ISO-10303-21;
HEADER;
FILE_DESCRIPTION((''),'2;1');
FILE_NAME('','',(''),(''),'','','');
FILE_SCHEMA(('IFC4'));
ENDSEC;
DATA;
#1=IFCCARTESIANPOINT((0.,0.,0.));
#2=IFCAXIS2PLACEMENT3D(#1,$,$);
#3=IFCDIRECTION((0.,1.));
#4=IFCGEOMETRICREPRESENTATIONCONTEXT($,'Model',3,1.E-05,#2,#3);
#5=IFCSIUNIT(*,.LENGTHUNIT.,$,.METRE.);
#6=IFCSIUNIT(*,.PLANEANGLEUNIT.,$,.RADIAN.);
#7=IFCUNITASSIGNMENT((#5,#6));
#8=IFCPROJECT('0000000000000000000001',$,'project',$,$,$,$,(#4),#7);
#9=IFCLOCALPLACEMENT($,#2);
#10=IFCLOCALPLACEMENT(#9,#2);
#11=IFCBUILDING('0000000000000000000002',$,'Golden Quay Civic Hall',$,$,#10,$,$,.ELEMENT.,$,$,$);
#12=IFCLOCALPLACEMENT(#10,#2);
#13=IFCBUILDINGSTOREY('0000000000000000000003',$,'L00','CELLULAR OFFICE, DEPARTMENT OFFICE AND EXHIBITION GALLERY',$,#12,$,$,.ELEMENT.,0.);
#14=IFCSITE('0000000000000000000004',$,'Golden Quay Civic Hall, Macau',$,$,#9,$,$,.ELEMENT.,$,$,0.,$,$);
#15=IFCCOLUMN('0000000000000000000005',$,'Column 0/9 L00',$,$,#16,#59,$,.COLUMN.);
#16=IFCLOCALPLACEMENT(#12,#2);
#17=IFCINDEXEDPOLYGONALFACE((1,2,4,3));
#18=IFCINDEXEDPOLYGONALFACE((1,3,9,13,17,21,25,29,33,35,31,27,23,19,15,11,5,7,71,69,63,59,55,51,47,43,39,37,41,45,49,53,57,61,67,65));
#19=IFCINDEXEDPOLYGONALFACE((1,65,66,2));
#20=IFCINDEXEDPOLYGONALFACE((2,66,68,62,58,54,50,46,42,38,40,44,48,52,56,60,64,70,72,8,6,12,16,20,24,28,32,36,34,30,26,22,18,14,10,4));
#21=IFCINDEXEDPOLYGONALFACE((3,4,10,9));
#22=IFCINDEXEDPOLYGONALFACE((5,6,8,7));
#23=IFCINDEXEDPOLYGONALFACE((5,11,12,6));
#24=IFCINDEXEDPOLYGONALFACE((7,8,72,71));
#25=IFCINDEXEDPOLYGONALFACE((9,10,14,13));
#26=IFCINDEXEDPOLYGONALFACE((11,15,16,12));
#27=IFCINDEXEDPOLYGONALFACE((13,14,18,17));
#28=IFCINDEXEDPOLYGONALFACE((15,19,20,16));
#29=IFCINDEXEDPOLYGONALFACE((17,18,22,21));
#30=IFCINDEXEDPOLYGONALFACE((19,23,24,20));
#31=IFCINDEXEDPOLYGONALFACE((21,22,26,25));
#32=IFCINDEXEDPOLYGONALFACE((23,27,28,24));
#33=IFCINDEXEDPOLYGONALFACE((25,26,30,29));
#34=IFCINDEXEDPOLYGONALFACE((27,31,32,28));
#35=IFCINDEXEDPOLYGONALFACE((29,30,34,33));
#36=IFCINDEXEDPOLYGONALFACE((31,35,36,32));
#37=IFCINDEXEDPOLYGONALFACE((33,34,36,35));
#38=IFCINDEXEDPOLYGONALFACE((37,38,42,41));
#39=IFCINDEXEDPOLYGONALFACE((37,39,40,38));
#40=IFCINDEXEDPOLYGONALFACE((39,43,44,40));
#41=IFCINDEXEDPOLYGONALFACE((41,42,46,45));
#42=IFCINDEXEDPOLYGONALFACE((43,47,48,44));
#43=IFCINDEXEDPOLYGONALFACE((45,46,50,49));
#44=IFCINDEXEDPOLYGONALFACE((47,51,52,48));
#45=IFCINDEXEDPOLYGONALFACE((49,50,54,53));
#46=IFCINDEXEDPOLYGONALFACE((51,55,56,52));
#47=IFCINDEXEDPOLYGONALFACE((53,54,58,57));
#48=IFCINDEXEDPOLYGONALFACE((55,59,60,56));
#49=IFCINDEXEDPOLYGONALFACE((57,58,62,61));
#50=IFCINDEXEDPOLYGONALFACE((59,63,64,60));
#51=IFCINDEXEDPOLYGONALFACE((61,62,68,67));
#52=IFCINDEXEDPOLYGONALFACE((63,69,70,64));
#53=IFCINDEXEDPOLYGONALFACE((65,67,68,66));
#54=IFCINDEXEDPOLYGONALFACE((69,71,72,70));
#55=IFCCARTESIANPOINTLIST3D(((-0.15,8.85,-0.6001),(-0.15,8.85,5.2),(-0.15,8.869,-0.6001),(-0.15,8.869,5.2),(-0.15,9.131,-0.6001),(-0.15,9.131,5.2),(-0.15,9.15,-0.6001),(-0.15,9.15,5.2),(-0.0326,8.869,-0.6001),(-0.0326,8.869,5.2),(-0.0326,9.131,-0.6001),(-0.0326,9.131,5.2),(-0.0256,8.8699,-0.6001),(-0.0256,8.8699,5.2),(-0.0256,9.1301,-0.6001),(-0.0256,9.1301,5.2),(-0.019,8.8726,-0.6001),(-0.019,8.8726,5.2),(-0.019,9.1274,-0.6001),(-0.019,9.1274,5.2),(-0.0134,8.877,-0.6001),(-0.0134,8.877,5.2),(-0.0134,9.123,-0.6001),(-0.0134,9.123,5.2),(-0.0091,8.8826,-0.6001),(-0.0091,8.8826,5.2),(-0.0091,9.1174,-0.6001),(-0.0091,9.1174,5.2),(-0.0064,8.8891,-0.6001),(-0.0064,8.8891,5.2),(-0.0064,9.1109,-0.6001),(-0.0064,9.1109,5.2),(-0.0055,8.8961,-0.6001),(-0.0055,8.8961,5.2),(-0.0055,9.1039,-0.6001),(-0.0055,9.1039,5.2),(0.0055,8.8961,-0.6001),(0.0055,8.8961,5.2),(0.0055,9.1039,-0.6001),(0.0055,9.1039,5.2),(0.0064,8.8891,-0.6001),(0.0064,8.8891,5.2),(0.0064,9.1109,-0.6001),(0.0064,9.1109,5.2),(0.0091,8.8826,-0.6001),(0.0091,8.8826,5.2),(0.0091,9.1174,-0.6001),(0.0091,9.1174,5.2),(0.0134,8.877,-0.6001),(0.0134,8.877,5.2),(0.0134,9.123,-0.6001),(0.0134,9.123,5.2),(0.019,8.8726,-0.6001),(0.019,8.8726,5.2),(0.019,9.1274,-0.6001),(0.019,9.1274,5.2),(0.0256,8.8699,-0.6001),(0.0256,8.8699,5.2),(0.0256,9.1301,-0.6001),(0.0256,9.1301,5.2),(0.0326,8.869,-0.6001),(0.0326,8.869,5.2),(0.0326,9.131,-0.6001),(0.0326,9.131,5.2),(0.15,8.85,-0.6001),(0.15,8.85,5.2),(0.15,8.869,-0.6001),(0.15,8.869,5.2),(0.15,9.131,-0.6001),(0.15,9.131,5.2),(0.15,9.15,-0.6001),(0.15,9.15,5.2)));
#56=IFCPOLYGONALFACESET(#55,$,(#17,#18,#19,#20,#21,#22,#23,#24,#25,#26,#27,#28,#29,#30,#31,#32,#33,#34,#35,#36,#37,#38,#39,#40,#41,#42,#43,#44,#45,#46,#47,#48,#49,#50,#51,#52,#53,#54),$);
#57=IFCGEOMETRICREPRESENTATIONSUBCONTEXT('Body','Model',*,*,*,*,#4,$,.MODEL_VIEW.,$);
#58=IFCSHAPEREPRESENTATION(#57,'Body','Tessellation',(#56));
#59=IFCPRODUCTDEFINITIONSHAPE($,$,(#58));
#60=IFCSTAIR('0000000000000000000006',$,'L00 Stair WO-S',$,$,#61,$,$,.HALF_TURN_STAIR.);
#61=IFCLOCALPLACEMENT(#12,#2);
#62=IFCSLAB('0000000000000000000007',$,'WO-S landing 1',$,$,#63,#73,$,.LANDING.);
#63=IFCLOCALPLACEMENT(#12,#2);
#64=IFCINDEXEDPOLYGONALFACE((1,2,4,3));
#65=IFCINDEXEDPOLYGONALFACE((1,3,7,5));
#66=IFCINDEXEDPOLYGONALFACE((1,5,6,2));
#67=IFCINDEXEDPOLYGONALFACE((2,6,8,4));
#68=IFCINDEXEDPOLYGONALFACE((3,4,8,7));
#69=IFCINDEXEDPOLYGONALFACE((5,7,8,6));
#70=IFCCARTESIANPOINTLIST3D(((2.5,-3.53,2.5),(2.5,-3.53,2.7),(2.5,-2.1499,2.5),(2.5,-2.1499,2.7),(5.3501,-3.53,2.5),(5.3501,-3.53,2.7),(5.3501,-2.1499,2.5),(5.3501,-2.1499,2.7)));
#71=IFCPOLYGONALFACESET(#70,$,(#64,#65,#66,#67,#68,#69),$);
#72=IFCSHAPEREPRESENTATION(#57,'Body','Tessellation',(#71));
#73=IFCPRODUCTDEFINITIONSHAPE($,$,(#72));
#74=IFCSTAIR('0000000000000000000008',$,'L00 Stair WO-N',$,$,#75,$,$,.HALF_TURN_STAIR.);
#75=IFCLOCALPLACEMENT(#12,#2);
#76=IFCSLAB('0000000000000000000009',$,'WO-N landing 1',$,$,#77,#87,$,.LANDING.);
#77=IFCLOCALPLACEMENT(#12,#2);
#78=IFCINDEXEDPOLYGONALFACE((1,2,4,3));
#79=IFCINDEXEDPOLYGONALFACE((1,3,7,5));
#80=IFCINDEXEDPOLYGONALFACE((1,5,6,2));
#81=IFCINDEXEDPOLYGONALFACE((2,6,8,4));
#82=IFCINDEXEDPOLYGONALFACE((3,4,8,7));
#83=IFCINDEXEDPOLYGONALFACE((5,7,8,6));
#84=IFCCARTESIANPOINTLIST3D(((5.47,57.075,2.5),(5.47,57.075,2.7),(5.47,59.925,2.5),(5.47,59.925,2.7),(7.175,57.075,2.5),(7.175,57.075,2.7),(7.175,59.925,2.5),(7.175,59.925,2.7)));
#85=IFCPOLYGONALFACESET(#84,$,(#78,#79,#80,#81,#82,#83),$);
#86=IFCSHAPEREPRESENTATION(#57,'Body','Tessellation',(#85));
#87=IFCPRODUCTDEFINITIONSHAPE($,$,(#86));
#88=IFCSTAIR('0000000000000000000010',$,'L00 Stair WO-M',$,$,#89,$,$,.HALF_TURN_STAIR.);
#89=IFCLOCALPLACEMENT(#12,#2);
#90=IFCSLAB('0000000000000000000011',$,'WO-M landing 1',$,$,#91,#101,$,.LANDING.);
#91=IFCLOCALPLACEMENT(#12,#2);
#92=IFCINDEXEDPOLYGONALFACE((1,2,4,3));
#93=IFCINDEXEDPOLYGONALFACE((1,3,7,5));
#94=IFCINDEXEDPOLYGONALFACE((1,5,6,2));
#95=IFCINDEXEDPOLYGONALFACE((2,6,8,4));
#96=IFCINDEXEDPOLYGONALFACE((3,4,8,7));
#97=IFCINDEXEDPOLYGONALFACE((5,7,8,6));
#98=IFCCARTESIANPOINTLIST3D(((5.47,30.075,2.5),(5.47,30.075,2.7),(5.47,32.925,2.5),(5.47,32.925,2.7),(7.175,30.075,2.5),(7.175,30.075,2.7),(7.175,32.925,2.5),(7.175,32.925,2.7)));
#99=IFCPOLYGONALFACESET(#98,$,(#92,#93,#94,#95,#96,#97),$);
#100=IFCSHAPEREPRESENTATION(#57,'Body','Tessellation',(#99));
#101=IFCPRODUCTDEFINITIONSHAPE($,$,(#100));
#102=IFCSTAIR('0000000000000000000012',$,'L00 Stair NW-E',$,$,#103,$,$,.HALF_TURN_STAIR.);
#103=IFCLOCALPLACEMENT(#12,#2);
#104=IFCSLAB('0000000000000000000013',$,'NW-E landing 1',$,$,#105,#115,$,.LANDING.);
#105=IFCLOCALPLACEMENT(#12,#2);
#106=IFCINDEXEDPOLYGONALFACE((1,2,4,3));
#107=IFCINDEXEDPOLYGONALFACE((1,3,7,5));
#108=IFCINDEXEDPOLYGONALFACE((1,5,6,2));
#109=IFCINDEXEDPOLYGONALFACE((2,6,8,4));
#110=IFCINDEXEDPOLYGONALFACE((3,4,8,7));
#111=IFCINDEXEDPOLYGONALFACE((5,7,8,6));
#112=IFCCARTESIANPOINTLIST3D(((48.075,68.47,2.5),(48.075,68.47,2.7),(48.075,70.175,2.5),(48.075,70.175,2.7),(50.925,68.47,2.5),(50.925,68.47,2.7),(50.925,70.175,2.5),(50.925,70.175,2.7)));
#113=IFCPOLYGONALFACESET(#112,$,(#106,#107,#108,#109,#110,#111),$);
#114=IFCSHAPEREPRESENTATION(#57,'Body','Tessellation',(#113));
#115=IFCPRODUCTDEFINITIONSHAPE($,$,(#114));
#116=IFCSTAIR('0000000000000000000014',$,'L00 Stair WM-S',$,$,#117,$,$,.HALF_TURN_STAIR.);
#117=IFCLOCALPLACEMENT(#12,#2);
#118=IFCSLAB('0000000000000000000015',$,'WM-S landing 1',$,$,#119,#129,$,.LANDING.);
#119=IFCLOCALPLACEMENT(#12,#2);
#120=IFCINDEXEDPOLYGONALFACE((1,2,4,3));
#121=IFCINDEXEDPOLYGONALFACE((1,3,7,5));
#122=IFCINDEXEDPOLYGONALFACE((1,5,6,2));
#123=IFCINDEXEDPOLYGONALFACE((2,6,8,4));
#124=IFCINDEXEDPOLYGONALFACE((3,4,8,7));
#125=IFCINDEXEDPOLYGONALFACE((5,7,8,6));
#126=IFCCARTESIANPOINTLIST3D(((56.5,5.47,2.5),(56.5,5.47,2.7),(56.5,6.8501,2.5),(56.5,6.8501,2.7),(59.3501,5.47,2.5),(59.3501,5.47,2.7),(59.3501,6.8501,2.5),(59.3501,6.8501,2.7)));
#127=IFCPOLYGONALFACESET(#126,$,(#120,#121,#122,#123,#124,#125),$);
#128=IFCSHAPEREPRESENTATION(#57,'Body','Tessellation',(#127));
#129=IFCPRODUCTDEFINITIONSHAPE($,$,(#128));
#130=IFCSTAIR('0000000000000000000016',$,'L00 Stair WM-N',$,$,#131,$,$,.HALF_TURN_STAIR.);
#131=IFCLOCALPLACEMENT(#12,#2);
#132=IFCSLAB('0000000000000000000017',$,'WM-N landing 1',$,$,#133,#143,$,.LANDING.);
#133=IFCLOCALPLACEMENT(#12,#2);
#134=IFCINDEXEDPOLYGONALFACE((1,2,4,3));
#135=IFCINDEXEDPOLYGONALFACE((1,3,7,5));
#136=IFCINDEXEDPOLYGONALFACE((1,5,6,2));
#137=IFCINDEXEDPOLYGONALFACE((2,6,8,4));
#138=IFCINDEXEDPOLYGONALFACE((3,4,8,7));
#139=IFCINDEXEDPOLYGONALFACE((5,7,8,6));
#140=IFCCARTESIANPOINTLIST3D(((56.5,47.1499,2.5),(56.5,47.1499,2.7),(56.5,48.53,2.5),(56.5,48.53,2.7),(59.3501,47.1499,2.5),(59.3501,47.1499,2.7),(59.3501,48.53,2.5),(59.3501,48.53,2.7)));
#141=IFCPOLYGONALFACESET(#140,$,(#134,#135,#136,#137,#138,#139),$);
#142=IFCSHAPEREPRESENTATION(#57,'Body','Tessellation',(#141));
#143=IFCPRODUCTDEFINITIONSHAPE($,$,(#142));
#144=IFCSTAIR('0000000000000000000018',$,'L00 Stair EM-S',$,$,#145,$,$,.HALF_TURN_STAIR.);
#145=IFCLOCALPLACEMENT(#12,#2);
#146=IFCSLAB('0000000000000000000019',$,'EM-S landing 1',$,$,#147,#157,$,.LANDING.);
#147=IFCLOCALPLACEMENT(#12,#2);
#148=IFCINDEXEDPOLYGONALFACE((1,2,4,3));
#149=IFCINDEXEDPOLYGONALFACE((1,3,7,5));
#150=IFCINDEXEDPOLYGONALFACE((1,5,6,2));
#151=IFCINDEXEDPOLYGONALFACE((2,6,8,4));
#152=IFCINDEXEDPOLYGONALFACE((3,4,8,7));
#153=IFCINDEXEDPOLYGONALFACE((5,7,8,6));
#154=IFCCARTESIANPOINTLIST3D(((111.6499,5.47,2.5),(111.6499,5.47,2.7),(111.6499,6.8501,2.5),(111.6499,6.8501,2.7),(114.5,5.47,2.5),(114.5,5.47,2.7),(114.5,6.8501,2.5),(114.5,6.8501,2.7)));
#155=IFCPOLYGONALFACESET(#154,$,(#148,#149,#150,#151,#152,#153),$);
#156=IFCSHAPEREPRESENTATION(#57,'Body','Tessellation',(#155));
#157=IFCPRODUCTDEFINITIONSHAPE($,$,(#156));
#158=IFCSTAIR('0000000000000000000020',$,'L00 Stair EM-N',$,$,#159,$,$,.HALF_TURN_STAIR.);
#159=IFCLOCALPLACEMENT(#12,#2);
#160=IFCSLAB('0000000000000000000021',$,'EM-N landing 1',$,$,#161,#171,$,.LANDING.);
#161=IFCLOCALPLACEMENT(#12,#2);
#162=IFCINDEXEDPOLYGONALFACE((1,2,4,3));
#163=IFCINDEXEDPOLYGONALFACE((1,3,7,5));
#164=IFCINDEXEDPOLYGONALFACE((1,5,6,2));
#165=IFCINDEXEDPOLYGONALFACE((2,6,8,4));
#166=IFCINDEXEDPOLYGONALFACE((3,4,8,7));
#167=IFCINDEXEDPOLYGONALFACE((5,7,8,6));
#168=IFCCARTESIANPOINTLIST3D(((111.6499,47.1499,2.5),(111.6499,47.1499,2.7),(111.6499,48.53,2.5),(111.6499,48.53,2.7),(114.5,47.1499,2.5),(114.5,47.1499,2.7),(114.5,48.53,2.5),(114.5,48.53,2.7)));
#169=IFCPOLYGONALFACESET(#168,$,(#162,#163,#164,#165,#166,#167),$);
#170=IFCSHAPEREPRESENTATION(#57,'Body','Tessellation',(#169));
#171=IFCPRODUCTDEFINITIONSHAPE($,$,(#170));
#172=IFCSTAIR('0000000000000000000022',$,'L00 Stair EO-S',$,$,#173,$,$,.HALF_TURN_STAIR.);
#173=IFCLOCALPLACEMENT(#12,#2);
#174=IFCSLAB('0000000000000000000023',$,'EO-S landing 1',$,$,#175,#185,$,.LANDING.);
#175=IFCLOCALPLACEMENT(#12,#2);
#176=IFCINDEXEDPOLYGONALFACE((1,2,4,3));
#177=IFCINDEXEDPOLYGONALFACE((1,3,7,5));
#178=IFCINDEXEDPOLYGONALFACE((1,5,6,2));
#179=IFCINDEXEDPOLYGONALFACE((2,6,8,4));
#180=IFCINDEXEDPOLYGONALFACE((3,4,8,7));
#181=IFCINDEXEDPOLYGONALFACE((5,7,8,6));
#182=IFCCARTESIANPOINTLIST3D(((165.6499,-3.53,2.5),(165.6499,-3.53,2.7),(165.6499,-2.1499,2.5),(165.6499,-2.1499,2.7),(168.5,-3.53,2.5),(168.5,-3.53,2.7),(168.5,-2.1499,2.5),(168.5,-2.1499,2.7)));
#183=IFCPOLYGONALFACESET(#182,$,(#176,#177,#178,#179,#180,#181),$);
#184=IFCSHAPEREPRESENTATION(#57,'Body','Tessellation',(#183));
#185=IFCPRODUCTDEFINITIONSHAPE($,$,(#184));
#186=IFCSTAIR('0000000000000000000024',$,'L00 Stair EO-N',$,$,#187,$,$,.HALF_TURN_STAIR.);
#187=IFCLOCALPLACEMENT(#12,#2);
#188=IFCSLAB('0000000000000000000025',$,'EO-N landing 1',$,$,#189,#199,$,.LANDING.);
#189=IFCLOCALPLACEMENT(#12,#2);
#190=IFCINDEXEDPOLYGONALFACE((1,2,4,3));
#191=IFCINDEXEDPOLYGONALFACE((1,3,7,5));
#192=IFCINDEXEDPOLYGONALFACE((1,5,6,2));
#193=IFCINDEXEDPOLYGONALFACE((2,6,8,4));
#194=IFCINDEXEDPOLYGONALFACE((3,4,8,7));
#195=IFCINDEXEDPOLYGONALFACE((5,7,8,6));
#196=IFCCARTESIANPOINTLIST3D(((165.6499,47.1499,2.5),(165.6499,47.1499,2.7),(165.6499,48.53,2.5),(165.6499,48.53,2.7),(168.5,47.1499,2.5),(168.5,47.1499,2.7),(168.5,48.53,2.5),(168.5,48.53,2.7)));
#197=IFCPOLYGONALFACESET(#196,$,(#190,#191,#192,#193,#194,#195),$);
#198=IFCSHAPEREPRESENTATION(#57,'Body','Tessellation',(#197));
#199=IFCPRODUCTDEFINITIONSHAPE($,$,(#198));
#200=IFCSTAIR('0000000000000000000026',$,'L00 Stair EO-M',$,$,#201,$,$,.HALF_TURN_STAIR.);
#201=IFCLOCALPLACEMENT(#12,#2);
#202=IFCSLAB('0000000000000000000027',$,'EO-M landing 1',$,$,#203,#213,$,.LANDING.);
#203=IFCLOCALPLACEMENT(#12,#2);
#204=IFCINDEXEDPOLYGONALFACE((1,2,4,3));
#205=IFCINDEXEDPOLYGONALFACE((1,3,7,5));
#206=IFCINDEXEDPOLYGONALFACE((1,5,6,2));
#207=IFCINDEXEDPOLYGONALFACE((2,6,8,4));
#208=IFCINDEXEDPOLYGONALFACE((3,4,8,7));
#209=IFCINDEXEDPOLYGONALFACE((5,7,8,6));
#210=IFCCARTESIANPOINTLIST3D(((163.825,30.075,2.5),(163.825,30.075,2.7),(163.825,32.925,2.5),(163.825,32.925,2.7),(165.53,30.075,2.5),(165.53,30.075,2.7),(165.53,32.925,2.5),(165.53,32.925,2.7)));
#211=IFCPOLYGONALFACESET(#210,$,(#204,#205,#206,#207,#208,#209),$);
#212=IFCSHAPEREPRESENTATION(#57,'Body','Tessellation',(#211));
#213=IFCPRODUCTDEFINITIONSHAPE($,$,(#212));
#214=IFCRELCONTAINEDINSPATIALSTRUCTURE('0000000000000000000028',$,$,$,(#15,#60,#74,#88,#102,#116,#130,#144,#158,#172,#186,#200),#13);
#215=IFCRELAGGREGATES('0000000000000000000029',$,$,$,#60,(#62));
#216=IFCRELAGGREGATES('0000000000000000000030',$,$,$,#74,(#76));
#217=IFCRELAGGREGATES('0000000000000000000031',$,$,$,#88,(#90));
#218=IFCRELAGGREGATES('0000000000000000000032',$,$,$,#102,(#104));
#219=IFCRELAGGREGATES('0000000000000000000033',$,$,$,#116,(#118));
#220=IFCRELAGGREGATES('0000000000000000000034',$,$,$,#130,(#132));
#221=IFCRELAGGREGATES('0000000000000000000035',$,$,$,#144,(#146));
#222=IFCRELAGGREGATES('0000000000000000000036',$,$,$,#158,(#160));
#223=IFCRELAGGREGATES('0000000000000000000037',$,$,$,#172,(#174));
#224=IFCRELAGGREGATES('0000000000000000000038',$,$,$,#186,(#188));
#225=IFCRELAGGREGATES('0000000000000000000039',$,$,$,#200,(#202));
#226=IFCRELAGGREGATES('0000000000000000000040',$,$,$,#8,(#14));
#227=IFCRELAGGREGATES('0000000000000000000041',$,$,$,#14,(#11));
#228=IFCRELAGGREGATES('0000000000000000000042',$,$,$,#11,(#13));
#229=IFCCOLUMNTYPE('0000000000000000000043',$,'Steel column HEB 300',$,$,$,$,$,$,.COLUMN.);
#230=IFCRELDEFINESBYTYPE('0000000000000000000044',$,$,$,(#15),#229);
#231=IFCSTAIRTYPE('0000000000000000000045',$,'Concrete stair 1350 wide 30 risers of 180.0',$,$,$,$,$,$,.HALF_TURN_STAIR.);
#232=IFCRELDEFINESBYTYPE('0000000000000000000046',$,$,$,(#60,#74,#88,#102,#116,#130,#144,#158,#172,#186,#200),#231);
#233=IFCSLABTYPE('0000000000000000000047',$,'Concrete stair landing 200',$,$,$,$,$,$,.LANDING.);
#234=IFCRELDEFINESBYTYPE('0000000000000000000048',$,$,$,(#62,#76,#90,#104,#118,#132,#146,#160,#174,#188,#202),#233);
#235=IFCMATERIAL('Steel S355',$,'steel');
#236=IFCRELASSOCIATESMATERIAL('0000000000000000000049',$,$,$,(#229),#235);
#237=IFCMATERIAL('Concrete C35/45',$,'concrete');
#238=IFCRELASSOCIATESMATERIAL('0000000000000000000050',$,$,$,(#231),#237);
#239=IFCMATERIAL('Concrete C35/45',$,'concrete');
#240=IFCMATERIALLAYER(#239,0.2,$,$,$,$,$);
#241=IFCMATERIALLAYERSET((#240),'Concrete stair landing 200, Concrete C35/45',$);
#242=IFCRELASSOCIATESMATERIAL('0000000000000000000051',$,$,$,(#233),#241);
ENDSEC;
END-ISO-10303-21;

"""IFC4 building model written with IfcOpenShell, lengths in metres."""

from ifc_helpers import new_model, si_unit, direction, frame, origin, origin_2d, place, context, subcontext, project, spatial, polyline, i_section, outline, extrude, material, layer, layer_set, material_profile, profile_set, type_object, element, aggregate, save


model = new_model("IFC4")

# Units and contexts
model_context = context("Model", 3, precision=1e-05, world=origin(), true_north=direction((0.0, 1.0)))
body_context = subcontext(model_context, "Body", "Model", "MODEL_VIEW")
ifc_project = project(units=[si_unit("LENGTHUNIT", "METRE"), si_unit("PLANEANGLEUNIT", "RADIAN")], contexts=[model_context])

# Site, building, storey
site_placement = place(None, origin())
site = spatial("IfcSite", under=ifc_project, at=site_placement, Name="Golden Quay Civic Hall, Macau", CompositionType="ELEMENT", RefElevation=0.0)
building_placement = place(site_placement, origin())
building = spatial("IfcBuilding", under=site, at=building_placement, Name="Golden Quay Civic Hall", CompositionType="ELEMENT")
storey_placement = place(building_placement, origin())
storey = spatial("IfcBuildingStorey", under=building, at=storey_placement, Name="L00", Description="CELLULAR OFFICE, DEPARTMENT OFFICE AND EXHIBITION GALLERY", CompositionType="ELEMENT", Elevation=0.0)

# Column
ifc_material_1 = material(Name="Steel S355", Category="steel")
ifc_material_profile = material_profile(ifc_material_1, i_section(OverallWidth=0.3, OverallDepth=0.3, WebThickness=0.011, FlangeThickness=0.019, FilletRadius=0.0271, at=origin_2d()), Name="HEB 300")
ifc_profile_set = profile_set([ifc_material_profile], Name="Steel S355")
column_type = type_object("IfcColumnType", Name="Steel column HEB 300", PredefinedType="COLUMN", material=ifc_profile_set)
column_placement = place(storey_placement, frame((0.0, 9.0, -0.6001), z_axis=(0.0, 0.0, 1.0), x_axis=(1.0, 0.0, 0.0)))
element("IfcColumn", 1, at=column_placement, inside=storey, type_object=column_type, Name="Column 0/9 L00", PredefinedType="COLUMN", context=body_context, shape_type="SweptSolid", body=[
    extrude(i_section(OverallWidth=0.3, OverallDepth=0.3, WebThickness=0.011, FlangeThickness=0.019, FilletRadius=0.0271, at=origin_2d()), origin(), (0.0, 0.0, 1.0), 5.8),
])

# Stairs, slabs
ifc_material_2 = material(Name="Concrete C35/45", Category="concrete")
stair_type_1 = type_object("IfcStairType", Name="Concrete stair 1350 wide 30 risers of 180.0", PredefinedType="HALF_TURN_STAIR", material=ifc_material_2)
stair_1_placement = place(storey_placement, origin())
stair_1 = element("IfcStair", 2, at=stair_1_placement, inside=storey, type_object=stair_type_1, Name="L00 Stair WO-S", PredefinedType="HALF_TURN_STAIR")
ifc_material_3 = material(Name="Concrete C35/45", Category="concrete")
ifc_layer_1 = layer(ifc_material_3, 0.2)
ifc_layer_set_1 = layer_set([ifc_layer_1], Name="Concrete stair landing 200, Concrete C35/45")
slab_type = type_object("IfcSlabType", Name="Concrete stair landing 200", PredefinedType="LANDING", material=ifc_layer_set_1)
slab_1_placement = place(storey_placement, frame((0.0, 0.0, 2.5)))
slab_1 = element("IfcSlab", 3, at=slab_1_placement, type_object=slab_type, Name="WO-S landing 1", PredefinedType="LANDING", context=body_context, shape_type="SweptSolid", body=[
    extrude(outline(polyline([(5.3501, -3.53), (5.3501, -2.1499), (2.5, -2.1499), (2.5, -3.53), (5.3501, -3.53)])), origin(), (0.0, 0.0, 1.0), 0.2),
])
aggregate(stair_1, [slab_1])
stair_2_placement = place(storey_placement, origin())
stair_2 = element("IfcStair", 4, at=stair_2_placement, inside=storey, type_object=stair_type_1, Name="L00 Stair WO-N", PredefinedType="HALF_TURN_STAIR")
slab_2_placement = place(storey_placement, frame((0.0, 0.0, 2.5)))
slab_2 = element("IfcSlab", 5, at=slab_2_placement, type_object=slab_type, Name="WO-N landing 1", PredefinedType="LANDING", context=body_context, shape_type="SweptSolid", body=[
    extrude(outline(polyline([(5.47, 57.075), (7.175, 57.075), (7.175, 59.925), (5.47, 59.925), (5.47, 57.075)])), origin(), (0.0, 0.0, 1.0), 0.2),
])
aggregate(stair_2, [slab_2])
stair_3_placement = place(storey_placement, origin())
stair_3 = element("IfcStair", 6, at=stair_3_placement, inside=storey, type_object=stair_type_1, Name="L00 Stair WO-M", PredefinedType="HALF_TURN_STAIR")
slab_3_placement = place(storey_placement, frame((0.0, 0.0, 2.5)))
slab_3 = element("IfcSlab", 7, at=slab_3_placement, type_object=slab_type, Name="WO-M landing 1", PredefinedType="LANDING", context=body_context, shape_type="SweptSolid", body=[
    extrude(outline(polyline([(5.47, 30.075), (7.175, 30.075), (7.175, 32.925), (5.47, 32.925), (5.47, 30.075)])), origin(), (0.0, 0.0, 1.0), 0.2),
])
aggregate(stair_3, [slab_3])
stair_4_placement = place(storey_placement, origin())
stair_4 = element("IfcStair", 8, at=stair_4_placement, inside=storey, type_object=stair_type_1, Name="L00 Stair NW-E", PredefinedType="HALF_TURN_STAIR")
slab_4_placement = place(storey_placement, frame((0.0, 0.0, 2.5)))
slab_4 = element("IfcSlab", 9, at=slab_4_placement, type_object=slab_type, Name="NW-E landing 1", PredefinedType="LANDING", context=body_context, shape_type="SweptSolid", body=[
    extrude(outline(polyline([(50.925, 68.47), (50.925, 70.175), (48.075, 70.175), (48.075, 68.47), (50.925, 68.47)])), origin(), (0.0, 0.0, 1.0), 0.2),
])
aggregate(stair_4, [slab_4])
stair_5_placement = place(storey_placement, origin())
stair_5 = element("IfcStair", 10, at=stair_5_placement, inside=storey, type_object=stair_type_1, Name="L00 Stair WM-S", PredefinedType="HALF_TURN_STAIR")
slab_5_placement = place(storey_placement, frame((0.0, 0.0, 2.5)))
slab_5 = element("IfcSlab", 11, at=slab_5_placement, type_object=slab_type, Name="WM-S landing 1", PredefinedType="LANDING", context=body_context, shape_type="SweptSolid", body=[
    extrude(outline(polyline([(59.3501, 5.47), (59.3501, 6.8501), (56.5, 6.8501), (56.5, 5.47), (59.3501, 5.47)])), origin(), (0.0, 0.0, 1.0), 0.2),
])
aggregate(stair_5, [slab_5])
stair_6_placement = place(storey_placement, origin())
stair_6 = element("IfcStair", 12, at=stair_6_placement, inside=storey, type_object=stair_type_1, Name="L00 Stair WM-N", PredefinedType="HALF_TURN_STAIR")
slab_6_placement = place(storey_placement, frame((0.0, 0.0, 2.5)))
slab_6 = element("IfcSlab", 13, at=slab_6_placement, type_object=slab_type, Name="WM-N landing 1", PredefinedType="LANDING", context=body_context, shape_type="SweptSolid", body=[
    extrude(outline(polyline([(56.5, 48.53), (56.5, 47.1499), (59.3501, 47.1499), (59.3501, 48.53), (56.5, 48.53)])), origin(), (0.0, 0.0, 1.0), 0.2),
])
aggregate(stair_6, [slab_6])
stair_7_placement = place(storey_placement, origin())
stair_7 = element("IfcStair", 14, at=stair_7_placement, inside=storey, type_object=stair_type_1, Name="L00 Stair EM-S", PredefinedType="HALF_TURN_STAIR")
slab_7_placement = place(storey_placement, frame((0.0, 0.0, 2.5)))
slab_7 = element("IfcSlab", 15, at=slab_7_placement, type_object=slab_type, Name="EM-S landing 1", PredefinedType="LANDING", context=body_context, shape_type="SweptSolid", body=[
    extrude(outline(polyline([(114.5, 5.47), (114.5, 6.8501), (111.6499, 6.8501), (111.6499, 5.47), (114.5, 5.47)])), origin(), (0.0, 0.0, 1.0), 0.2),
])
aggregate(stair_7, [slab_7])
stair_8_placement = place(storey_placement, origin())
stair_8 = element("IfcStair", 16, at=stair_8_placement, inside=storey, type_object=stair_type_1, Name="L00 Stair EM-N", PredefinedType="HALF_TURN_STAIR")
slab_8_placement = place(storey_placement, frame((0.0, 0.0, 2.5)))
slab_8 = element("IfcSlab", 17, at=slab_8_placement, type_object=slab_type, Name="EM-N landing 1", PredefinedType="LANDING", context=body_context, shape_type="SweptSolid", body=[
    extrude(outline(polyline([(111.6499, 48.53), (111.6499, 47.1499), (114.5, 47.1499), (114.5, 48.53), (111.6499, 48.53)])), origin(), (0.0, 0.0, 1.0), 0.2),
])
aggregate(stair_8, [slab_8])
stair_9_placement = place(storey_placement, origin())
stair_9 = element("IfcStair", 18, at=stair_9_placement, inside=storey, type_object=stair_type_1, Name="L00 Stair EO-S", PredefinedType="HALF_TURN_STAIR")
slab_9_placement = place(storey_placement, frame((0.0, 0.0, 2.5)))
slab_9 = element("IfcSlab", 19, at=slab_9_placement, type_object=slab_type, Name="EO-S landing 1", PredefinedType="LANDING", context=body_context, shape_type="SweptSolid", body=[
    extrude(outline(polyline([(168.5, -3.53), (168.5, -2.1499), (165.6499, -2.1499), (165.6499, -3.53), (168.5, -3.53)])), origin(), (0.0, 0.0, 1.0), 0.2),
])
aggregate(stair_9, [slab_9])
stair_10_placement = place(storey_placement, origin())
stair_10 = element("IfcStair", 20, at=stair_10_placement, inside=storey, type_object=stair_type_1, Name="L00 Stair EO-N", PredefinedType="HALF_TURN_STAIR")
slab_10_placement = place(storey_placement, frame((0.0, 0.0, 2.5)))
slab_10 = element("IfcSlab", 21, at=slab_10_placement, type_object=slab_type, Name="EO-N landing 1", PredefinedType="LANDING", context=body_context, shape_type="SweptSolid", body=[
    extrude(outline(polyline([(165.6499, 48.53), (165.6499, 47.1499), (168.5, 47.1499), (168.5, 48.53), (165.6499, 48.53)])), origin(), (0.0, 0.0, 1.0), 0.2),
])
aggregate(stair_10, [slab_10])
stair_11_placement = place(storey_placement, origin())
stair_11 = element("IfcStair", 22, at=stair_11_placement, inside=storey, type_object=stair_type_1, Name="L00 Stair EO-M", PredefinedType="HALF_TURN_STAIR")
slab_11_placement = place(storey_placement, frame((0.0, 0.0, 2.5)))
slab_11 = element("IfcSlab", 23, at=slab_11_placement, type_object=slab_type, Name="EO-M landing 1", PredefinedType="LANDING", context=body_context, shape_type="SweptSolid", body=[
    extrude(outline(polyline([(165.53, 32.925), (163.825, 32.925), (163.825, 30.075), (165.53, 30.075), (165.53, 32.925)])), origin(), (0.0, 0.0, 1.0), 0.2),
])
aggregate(stair_11, [slab_11])

save(model, "model.ifc")
